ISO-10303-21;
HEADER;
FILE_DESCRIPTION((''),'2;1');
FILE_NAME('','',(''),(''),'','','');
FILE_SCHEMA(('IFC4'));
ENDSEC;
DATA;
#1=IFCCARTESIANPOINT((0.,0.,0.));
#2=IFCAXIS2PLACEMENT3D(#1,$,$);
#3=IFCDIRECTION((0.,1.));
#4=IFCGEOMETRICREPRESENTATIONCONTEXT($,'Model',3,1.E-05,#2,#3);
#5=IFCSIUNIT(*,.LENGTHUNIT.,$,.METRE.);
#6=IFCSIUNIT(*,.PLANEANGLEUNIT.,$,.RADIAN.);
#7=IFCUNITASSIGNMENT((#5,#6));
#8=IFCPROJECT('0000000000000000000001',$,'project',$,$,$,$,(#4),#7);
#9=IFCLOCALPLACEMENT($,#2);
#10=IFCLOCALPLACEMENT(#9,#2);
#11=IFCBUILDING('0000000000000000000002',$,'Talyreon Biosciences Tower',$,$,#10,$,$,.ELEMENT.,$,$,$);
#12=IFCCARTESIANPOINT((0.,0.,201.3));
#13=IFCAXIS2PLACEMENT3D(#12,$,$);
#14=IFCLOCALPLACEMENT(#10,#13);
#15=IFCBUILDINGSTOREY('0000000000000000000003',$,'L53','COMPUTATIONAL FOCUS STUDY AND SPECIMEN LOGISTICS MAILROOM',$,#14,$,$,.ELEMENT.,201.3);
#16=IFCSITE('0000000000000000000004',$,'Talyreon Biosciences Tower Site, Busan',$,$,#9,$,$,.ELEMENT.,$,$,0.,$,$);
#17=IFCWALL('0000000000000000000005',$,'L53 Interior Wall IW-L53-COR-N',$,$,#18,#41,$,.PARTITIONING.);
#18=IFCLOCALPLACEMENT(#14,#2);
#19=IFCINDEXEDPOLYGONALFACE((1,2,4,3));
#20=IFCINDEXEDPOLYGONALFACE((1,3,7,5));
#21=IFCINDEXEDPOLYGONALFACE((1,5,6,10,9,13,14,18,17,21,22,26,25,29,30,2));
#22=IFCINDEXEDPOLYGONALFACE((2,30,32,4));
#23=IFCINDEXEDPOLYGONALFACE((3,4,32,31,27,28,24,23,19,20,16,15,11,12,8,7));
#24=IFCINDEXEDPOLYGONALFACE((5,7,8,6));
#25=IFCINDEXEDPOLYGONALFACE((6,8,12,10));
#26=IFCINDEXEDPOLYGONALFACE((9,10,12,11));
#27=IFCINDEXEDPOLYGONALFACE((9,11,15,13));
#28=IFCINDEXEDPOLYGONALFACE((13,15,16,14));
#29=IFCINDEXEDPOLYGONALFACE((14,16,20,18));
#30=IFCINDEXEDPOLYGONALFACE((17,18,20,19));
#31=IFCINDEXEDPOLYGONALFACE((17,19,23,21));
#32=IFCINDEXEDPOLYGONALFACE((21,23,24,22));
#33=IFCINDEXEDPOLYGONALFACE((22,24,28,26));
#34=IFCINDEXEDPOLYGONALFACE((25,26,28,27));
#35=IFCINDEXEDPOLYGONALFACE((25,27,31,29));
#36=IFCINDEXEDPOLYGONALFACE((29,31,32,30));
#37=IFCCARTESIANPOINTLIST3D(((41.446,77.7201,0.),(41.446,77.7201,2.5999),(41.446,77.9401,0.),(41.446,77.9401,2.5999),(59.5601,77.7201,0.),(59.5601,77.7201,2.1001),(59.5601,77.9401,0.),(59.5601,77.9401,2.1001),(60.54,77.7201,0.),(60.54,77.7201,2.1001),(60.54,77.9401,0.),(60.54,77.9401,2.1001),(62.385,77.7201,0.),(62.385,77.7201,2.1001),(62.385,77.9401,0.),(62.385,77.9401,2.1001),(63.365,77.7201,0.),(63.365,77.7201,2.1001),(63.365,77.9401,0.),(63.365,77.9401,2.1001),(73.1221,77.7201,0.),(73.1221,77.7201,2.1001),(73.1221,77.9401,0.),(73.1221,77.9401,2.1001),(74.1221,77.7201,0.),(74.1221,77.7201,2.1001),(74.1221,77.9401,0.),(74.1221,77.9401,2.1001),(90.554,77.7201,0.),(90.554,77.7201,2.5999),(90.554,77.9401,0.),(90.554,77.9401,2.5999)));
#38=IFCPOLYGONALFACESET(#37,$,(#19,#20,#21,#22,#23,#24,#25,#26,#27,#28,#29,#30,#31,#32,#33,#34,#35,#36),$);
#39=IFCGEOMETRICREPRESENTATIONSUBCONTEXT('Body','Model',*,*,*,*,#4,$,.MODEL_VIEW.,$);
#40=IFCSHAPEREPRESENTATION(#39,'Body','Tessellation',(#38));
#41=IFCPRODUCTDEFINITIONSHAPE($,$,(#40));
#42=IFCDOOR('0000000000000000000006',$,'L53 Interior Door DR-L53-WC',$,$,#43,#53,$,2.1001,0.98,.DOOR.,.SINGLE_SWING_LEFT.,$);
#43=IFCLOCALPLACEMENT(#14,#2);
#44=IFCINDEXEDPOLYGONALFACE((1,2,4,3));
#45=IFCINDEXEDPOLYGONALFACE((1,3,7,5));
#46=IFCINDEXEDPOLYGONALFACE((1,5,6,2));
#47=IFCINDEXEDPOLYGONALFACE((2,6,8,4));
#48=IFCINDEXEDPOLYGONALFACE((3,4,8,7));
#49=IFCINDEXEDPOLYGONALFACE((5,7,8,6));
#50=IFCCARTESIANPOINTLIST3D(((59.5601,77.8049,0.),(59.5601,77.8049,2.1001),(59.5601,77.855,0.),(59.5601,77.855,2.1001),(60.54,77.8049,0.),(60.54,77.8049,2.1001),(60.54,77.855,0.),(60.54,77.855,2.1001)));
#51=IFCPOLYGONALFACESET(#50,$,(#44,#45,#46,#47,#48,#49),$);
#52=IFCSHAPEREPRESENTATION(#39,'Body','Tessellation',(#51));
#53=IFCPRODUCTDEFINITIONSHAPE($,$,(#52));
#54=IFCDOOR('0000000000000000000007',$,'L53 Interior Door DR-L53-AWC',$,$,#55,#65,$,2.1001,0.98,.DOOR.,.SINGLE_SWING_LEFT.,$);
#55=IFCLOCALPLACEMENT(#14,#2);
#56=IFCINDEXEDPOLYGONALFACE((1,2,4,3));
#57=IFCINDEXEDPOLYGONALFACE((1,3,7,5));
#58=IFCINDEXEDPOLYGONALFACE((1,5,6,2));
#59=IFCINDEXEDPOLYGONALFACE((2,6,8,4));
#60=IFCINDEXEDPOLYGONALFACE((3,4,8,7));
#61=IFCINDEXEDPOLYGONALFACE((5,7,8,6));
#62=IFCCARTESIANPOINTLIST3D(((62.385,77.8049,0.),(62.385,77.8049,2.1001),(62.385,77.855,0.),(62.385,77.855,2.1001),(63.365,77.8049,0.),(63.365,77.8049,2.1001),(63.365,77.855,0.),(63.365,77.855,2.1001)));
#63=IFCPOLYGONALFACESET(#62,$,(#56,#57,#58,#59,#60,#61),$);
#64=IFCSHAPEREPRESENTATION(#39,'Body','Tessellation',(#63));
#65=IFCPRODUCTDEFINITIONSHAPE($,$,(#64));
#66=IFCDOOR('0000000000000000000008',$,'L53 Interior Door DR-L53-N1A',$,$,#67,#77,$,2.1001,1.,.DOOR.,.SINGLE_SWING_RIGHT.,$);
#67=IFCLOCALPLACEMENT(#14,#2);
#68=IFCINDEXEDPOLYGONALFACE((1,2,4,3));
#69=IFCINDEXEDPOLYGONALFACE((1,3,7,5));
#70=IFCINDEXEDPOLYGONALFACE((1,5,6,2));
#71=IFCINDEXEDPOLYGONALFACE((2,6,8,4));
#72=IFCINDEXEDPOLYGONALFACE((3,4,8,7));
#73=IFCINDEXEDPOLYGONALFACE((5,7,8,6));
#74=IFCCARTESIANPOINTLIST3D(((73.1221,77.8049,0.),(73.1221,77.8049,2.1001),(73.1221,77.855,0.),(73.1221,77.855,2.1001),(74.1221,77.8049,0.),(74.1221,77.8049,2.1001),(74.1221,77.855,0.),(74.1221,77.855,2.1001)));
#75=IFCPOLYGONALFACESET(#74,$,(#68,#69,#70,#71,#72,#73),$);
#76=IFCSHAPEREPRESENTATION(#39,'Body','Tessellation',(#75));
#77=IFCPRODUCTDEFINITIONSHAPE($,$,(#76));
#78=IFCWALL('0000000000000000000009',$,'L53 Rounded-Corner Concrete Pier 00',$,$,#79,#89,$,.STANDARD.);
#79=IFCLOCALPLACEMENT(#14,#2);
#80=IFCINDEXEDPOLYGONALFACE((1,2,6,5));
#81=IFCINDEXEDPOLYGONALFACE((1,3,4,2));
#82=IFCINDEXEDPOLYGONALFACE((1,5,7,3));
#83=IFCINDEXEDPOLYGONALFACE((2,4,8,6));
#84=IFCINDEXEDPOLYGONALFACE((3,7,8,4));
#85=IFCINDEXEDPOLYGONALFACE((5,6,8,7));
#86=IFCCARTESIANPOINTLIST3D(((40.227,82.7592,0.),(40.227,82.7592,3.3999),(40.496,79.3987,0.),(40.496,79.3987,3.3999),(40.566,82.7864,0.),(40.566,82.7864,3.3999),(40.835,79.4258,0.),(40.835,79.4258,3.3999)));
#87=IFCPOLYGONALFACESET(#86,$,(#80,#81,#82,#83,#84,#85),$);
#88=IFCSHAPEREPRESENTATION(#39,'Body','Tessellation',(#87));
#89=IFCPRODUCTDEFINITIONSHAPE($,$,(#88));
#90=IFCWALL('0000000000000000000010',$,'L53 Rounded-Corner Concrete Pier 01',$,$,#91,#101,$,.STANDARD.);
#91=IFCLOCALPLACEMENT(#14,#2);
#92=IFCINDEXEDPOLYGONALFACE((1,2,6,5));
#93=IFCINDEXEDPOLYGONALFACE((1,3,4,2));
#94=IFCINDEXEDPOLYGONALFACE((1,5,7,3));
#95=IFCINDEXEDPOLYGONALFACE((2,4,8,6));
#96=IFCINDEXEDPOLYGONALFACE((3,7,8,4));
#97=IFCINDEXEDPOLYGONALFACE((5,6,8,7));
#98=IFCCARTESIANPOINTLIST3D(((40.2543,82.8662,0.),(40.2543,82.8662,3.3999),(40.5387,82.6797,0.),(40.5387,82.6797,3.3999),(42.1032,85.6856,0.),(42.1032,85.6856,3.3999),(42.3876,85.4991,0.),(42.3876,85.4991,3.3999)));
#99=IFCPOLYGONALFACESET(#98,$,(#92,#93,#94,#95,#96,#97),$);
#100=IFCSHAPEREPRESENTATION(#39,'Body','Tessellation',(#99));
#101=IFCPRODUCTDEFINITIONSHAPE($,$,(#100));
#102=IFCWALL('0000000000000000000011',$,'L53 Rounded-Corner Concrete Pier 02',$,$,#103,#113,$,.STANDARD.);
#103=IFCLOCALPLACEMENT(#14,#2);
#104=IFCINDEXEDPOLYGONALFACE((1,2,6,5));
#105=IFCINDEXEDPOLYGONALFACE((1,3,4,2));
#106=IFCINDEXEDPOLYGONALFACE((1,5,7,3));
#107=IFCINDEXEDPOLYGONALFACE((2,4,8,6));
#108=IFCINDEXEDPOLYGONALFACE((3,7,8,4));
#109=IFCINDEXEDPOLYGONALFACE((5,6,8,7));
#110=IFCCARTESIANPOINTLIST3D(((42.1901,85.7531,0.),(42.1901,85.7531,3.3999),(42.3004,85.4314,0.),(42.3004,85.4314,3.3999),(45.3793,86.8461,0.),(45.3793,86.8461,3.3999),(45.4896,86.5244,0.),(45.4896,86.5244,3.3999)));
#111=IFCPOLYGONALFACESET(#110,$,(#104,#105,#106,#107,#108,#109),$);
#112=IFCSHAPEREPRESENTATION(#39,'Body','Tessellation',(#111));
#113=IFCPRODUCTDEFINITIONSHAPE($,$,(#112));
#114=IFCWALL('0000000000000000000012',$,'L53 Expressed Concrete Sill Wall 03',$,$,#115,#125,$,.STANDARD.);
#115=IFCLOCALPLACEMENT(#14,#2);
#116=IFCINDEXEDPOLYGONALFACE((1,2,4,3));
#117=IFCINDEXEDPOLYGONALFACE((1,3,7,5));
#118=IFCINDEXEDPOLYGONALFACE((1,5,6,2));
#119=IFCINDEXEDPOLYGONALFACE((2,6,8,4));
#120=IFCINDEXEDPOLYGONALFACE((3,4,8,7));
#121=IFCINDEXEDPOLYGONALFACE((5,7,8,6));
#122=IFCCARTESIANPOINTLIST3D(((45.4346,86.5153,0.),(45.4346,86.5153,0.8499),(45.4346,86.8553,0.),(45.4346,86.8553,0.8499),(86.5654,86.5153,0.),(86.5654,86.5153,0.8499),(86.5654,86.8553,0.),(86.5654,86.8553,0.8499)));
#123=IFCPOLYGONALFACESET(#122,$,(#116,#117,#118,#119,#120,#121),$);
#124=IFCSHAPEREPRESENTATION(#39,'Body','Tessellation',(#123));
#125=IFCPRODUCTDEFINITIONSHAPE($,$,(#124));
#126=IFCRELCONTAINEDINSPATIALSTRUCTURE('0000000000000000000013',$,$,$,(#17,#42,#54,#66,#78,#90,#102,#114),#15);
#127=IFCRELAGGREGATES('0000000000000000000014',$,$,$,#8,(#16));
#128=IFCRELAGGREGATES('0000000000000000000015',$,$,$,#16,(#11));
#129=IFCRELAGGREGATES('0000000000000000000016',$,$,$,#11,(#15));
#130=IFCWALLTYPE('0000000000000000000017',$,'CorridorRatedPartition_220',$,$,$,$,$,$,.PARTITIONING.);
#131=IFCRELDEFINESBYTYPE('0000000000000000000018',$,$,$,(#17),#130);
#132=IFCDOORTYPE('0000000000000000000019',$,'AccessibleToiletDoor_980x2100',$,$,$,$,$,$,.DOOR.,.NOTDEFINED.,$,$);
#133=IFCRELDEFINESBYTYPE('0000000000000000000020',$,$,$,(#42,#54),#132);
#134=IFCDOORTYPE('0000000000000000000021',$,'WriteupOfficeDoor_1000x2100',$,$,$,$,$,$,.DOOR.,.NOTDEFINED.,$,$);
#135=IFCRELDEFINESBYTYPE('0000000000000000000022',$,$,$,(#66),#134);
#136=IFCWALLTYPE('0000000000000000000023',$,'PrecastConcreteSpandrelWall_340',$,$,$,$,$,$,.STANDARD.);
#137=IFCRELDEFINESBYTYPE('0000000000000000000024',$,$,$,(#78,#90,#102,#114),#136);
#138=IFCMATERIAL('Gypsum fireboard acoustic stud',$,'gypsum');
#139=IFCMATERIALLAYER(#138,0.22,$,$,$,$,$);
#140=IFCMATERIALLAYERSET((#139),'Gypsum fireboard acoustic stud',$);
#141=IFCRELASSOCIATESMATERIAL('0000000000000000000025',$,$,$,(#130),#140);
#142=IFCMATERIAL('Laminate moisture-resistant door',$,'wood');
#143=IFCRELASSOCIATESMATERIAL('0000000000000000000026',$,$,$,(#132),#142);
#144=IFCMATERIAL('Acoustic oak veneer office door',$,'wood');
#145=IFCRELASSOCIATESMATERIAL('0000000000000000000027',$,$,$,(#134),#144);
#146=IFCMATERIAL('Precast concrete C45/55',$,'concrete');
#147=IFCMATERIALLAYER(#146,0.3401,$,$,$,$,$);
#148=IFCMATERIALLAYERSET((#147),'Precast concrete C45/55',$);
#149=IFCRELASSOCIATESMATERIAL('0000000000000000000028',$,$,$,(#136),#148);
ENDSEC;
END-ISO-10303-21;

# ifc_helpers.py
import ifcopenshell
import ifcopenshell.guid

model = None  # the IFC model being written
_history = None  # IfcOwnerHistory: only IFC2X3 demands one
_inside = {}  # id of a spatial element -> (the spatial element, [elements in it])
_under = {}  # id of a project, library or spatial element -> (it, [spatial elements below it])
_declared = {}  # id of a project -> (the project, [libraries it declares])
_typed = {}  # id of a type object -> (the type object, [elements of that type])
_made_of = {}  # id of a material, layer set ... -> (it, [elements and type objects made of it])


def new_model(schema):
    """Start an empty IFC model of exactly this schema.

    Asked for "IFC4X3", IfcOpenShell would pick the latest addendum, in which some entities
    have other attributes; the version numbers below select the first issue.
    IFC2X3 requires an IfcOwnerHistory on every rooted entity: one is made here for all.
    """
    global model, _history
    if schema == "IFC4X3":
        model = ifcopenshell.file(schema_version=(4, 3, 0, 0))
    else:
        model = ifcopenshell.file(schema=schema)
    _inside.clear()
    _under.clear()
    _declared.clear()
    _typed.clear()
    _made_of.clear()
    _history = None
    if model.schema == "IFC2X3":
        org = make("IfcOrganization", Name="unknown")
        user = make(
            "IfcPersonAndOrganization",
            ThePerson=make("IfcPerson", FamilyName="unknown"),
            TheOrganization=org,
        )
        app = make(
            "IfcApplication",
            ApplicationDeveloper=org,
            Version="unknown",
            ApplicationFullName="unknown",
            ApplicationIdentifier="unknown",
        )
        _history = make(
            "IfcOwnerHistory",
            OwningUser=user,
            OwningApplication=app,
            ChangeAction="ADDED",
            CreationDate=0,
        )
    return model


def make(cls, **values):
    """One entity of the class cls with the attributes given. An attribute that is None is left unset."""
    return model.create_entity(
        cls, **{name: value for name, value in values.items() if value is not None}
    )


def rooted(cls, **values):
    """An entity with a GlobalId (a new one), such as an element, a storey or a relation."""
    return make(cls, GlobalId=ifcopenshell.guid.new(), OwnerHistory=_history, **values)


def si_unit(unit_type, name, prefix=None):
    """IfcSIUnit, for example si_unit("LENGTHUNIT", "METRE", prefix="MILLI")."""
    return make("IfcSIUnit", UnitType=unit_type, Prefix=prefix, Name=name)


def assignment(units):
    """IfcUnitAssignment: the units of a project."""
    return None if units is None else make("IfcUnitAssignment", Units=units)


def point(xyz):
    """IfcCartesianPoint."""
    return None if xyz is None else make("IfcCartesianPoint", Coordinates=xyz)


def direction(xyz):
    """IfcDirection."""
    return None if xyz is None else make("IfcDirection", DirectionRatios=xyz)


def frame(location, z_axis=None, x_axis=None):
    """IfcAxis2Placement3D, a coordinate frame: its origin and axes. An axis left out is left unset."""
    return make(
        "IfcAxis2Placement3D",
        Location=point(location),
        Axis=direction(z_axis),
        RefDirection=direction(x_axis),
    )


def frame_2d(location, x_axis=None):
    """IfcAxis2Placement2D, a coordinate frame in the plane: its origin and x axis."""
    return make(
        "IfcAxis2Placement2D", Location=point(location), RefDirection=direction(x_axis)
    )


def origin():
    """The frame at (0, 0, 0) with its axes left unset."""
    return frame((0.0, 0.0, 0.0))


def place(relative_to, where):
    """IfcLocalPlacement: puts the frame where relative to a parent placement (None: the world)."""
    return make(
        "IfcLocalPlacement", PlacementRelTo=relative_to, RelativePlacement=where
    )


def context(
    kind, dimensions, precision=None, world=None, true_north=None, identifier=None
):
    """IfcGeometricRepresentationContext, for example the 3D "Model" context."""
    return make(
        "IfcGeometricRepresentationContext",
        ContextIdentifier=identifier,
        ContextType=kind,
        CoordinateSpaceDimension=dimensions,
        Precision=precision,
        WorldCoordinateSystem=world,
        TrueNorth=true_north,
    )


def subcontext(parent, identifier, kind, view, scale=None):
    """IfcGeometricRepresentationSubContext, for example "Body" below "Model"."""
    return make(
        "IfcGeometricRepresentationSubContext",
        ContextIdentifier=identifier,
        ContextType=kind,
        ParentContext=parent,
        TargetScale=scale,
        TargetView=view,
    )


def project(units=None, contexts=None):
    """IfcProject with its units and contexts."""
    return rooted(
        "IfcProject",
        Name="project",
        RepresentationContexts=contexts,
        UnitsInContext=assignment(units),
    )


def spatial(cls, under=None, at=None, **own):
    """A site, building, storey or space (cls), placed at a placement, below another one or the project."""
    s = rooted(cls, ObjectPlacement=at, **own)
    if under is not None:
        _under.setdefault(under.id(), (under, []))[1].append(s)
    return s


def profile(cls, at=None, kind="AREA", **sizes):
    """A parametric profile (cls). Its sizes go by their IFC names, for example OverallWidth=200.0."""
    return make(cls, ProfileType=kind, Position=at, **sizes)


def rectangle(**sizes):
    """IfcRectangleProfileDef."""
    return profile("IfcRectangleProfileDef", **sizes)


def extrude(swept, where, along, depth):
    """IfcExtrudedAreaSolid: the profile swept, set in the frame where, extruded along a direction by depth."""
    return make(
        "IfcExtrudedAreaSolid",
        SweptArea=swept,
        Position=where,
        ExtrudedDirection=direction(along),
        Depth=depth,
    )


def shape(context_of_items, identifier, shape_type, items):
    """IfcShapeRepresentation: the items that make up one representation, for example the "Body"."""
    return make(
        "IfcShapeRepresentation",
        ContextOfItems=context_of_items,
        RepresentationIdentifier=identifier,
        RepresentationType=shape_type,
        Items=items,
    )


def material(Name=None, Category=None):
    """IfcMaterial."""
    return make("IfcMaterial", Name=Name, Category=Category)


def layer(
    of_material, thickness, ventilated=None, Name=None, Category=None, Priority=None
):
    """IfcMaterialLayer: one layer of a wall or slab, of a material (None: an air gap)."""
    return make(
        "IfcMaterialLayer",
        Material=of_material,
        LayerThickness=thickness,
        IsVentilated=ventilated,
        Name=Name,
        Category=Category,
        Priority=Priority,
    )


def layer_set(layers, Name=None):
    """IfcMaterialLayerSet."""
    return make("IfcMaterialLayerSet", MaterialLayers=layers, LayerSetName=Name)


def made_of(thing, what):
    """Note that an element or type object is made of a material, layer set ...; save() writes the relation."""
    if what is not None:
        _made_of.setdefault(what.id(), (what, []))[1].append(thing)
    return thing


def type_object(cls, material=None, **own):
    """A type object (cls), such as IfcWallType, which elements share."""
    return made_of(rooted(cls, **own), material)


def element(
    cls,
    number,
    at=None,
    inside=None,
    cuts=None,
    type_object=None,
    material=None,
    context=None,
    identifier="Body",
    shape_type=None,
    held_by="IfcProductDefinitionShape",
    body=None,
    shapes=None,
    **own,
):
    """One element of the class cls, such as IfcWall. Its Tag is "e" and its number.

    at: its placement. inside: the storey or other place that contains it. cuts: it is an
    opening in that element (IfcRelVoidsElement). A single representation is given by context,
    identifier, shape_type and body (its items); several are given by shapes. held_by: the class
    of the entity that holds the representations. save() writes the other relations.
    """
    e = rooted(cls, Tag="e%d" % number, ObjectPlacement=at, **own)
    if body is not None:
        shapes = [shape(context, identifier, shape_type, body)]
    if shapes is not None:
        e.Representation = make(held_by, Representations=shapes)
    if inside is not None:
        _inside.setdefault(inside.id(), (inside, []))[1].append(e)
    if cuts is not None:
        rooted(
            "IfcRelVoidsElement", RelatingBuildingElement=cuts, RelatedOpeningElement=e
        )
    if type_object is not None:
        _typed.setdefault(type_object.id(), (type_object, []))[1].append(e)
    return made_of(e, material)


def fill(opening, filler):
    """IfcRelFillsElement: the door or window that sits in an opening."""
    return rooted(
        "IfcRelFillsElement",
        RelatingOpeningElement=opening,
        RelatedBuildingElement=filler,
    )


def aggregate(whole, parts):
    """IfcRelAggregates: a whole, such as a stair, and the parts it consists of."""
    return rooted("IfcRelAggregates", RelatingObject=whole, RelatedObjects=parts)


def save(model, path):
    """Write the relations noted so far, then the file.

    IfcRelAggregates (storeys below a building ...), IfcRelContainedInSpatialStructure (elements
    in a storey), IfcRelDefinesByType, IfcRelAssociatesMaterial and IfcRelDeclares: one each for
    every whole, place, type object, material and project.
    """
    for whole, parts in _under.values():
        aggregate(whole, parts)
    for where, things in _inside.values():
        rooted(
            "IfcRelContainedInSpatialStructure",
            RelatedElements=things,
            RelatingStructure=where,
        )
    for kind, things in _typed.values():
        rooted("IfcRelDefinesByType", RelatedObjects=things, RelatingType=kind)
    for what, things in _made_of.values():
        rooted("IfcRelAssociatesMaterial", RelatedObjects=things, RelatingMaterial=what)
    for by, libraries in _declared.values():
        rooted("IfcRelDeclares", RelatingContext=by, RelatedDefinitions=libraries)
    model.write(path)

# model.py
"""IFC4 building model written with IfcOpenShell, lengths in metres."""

from ifc_helpers import new_model, si_unit, direction, frame, frame_2d, origin, place, context, subcontext, project, spatial, rectangle, extrude, material, layer, layer_set, type_object, element, fill, save


model = new_model("IFC4")

# Units and contexts
model_context = context("Model", 3, precision=1e-05, world=origin(), true_north=direction((0.0, 1.0)))
body_context = subcontext(model_context, "Body", "Model", "MODEL_VIEW")
ifc_project = project(units=[si_unit("LENGTHUNIT", "METRE"), si_unit("PLANEANGLEUNIT", "RADIAN")], contexts=[model_context])

# Site, building, storey
site_placement = place(None, origin())
site = spatial("IfcSite", under=ifc_project, at=site_placement, Name="Talyreon Biosciences Tower Site, Busan", CompositionType="ELEMENT", RefElevation=0.0)
building_placement = place(site_placement, origin())
building = spatial("IfcBuilding", under=site, at=building_placement, Name="Talyreon Biosciences Tower", CompositionType="ELEMENT")
storey_placement = place(building_placement, frame((0.0, 0.0, 201.3)))
storey = spatial("IfcBuildingStorey", under=building, at=storey_placement, Name="L53", Description="COMPUTATIONAL FOCUS STUDY AND SPECIMEN LOGISTICS MAILROOM", CompositionType="ELEMENT", Elevation=201.3)

# Shared definitions
ifc_material_1 = material(Name="Precast concrete C45/55", Category="concrete")

# Wall, openings, doors
ifc_material_2 = material(Name="Gypsum fireboard acoustic stud", Category="gypsum")
ifc_layer_1 = layer(ifc_material_2, 0.22)
ifc_layer_set_1 = layer_set([ifc_layer_1], Name="Gypsum fireboard acoustic stud")
wall_type_1 = type_object("IfcWallType", Name="CorridorRatedPartition_220", PredefinedType="PARTITIONING", material=ifc_layer_set_1)
wall_1_placement = place(storey_placement, frame((41.446, 77.8301, 0.0), z_axis=(0.0, 0.0, 1.0), x_axis=(1.0, 0.0, 0.0)))
wall_1 = element("IfcWall", 1, at=wall_1_placement, inside=storey, type_object=wall_type_1, Name="L53 Interior Wall IW-L53-COR-N", PredefinedType="PARTITIONING", context=body_context, shape_type="SweptSolid", body=[
    extrude(rectangle(XDim=49.1079, YDim=0.22, at=frame_2d((24.554, 0.0))), origin(), (0.0, 0.0, 1.0), 2.5999),
])
opening_1_placement = place(wall_1_placement, frame((18.114, 0.0, 0.0)))
opening_1 = element("IfcOpeningElement", 2, at=opening_1_placement, cuts=wall_1, PredefinedType="OPENING", context=body_context, shape_type="SweptSolid", body=[
    extrude(rectangle(XDim=0.98, YDim=2.1001, at=frame_2d((0.49, 1.05))), frame((0.0, 0.1199, 0.0), z_axis=(0.0, -1.0, 0.0), x_axis=(1.0, 0.0, 0.0)), (0.0, 0.0, 1.0), 0.24),
])
opening_2_placement = place(wall_1_placement, frame((20.939, 0.0, 0.0)))
opening_2 = element("IfcOpeningElement", 3, at=opening_2_placement, cuts=wall_1, PredefinedType="OPENING", context=body_context, shape_type="SweptSolid", body=[
    extrude(rectangle(XDim=0.98, YDim=2.1001, at=frame_2d((0.49, 1.05))), frame((0.0, 0.1199, 0.0), z_axis=(0.0, -1.0, 0.0), x_axis=(1.0, 0.0, 0.0)), (0.0, 0.0, 1.0), 0.24),
])
opening_3_placement = place(wall_1_placement, frame((31.676, 0.0, 0.0)))
opening_3 = element("IfcOpeningElement", 4, at=opening_3_placement, cuts=wall_1, PredefinedType="OPENING", context=body_context, shape_type="SweptSolid", body=[
    extrude(rectangle(XDim=1.0, YDim=2.1001, at=frame_2d((0.5, 1.05))), frame((0.0, 0.1199, 0.0), z_axis=(0.0, -1.0, 0.0), x_axis=(1.0, 0.0, 0.0)), (0.0, 0.0, 1.0), 0.24),
])
ifc_material_3 = material(Name="Laminate moisture-resistant door", Category="wood")
door_type_1 = type_object("IfcDoorType", Name="AccessibleToiletDoor_980x2100", OperationType="NOTDEFINED", PredefinedType="DOOR", material=ifc_material_3)
door_1_placement = place(opening_1_placement, origin())
door_1 = element("IfcDoor", 5, at=door_1_placement, inside=storey, type_object=door_type_1, Name="L53 Interior Door DR-L53-WC", OperationType="SINGLE_SWING_LEFT", OverallHeight=2.1001, OverallWidth=0.98, PredefinedType="DOOR", context=body_context, shape_type="SweptSolid", body=[
    extrude(rectangle(XDim=0.98, YDim=2.1001, at=frame_2d((0.49, 1.05))), frame((0.0, 0.0249, 0.0), z_axis=(0.0, -1.0, 0.0), x_axis=(1.0, 0.0, 0.0)), (0.0, 0.0, 1.0), 0.05),
])
fill(opening_1, door_1)
door_2_placement = place(opening_2_placement, origin())
door_2 = element("IfcDoor", 6, at=door_2_placement, inside=storey, type_object=door_type_1, Name="L53 Interior Door DR-L53-AWC", OperationType="SINGLE_SWING_LEFT", OverallHeight=2.1001, OverallWidth=0.98, PredefinedType="DOOR", context=body_context, shape_type="SweptSolid", body=[
    extrude(rectangle(XDim=0.98, YDim=2.1001, at=frame_2d((0.49, 1.05))), frame((0.0, 0.0249, 0.0), z_axis=(0.0, -1.0, 0.0), x_axis=(1.0, 0.0, 0.0)), (0.0, 0.0, 1.0), 0.05),
])
fill(opening_2, door_2)
ifc_material_4 = material(Name="Acoustic oak veneer office door", Category="wood")
door_type_2 = type_object("IfcDoorType", Name="WriteupOfficeDoor_1000x2100", OperationType="NOTDEFINED", PredefinedType="DOOR", material=ifc_material_4)
door_3_placement = place(opening_3_placement, origin())
door_3 = element("IfcDoor", 7, at=door_3_placement, inside=storey, type_object=door_type_2, Name="L53 Interior Door DR-L53-N1A", OperationType="SINGLE_SWING_RIGHT", OverallHeight=2.1001, OverallWidth=1.0, PredefinedType="DOOR", context=body_context, shape_type="SweptSolid", body=[
    extrude(rectangle(XDim=1.0, YDim=2.1001, at=frame_2d((0.5, 1.05))), frame((0.0, 0.0249, 0.0), z_axis=(0.0, -1.0, 0.0), x_axis=(1.0, 0.0, 0.0)), (0.0, 0.0, 1.0), 0.05),
])
fill(opening_3, door_3)

# Walls
ifc_layer_2 = layer(ifc_material_1, 0.3401)
ifc_layer_set_2 = layer_set([ifc_layer_2], Name="Precast concrete C45/55")
wall_type_2 = type_object("IfcWallType", Name="PrecastConcreteSpandrelWall_340", PredefinedType="STANDARD", material=ifc_layer_set_2)
wall_2_placement = place(storey_placement, frame((40.6655, 79.4124, 0.0), z_axis=(0.0, 0.0, 1.0), x_axis=(-0.079803, 0.996811, 0.0)))
element("IfcWall", 8, at=wall_2_placement, inside=storey, type_object=wall_type_2, Name="L53 Rounded-Corner Concrete Pier 00", PredefinedType="STANDARD", context=body_context, shape_type="SweptSolid", body=[
    extrude(rectangle(XDim=3.3713, YDim=0.3401, at=frame_2d((1.6855, 0.0))), origin(), (0.0, 0.0, 1.0), 3.3999),
])
wall_3_placement = place(storey_placement, frame((40.3965, 82.7729, 0.0), z_axis=(0.0, 0.0, 1.0), x_axis=(0.548384, 0.836226, 0.0)))
element("IfcWall", 9, at=wall_3_placement, inside=storey, type_object=wall_type_2, Name="L53 Rounded-Corner Concrete Pier 01", PredefinedType="STANDARD", context=body_context, shape_type="SweptSolid", body=[
    extrude(rectangle(XDim=3.3716, YDim=0.3401, at=frame_2d((1.6858, 0.0))), origin(), (0.0, 0.0, 1.0), 3.3999),
])
wall_4_placement = place(storey_placement, frame((42.2454, 85.5923, 0.0), z_axis=(0.0, 0.0, 1.0), x_axis=(0.945985, 0.324211, 0.0)))
element("IfcWall", 10, at=wall_4_placement, inside=storey, type_object=wall_type_2, Name="L53 Rounded-Corner Concrete Pier 02", PredefinedType="STANDARD", context=body_context, shape_type="SweptSolid", body=[
    extrude(rectangle(XDim=3.3713, YDim=0.3401, at=frame_2d((1.6855, 0.0))), origin(), (0.0, 0.0, 1.0), 3.3999),
])
wall_5_placement = place(storey_placement, frame((45.4346, 86.6853, 0.0), z_axis=(0.0, 0.0, 1.0), x_axis=(1.0, 0.0, 0.0)))
element("IfcWall", 11, at=wall_5_placement, inside=storey, type_object=wall_type_2, Name="L53 Expressed Concrete Sill Wall 03", PredefinedType="STANDARD", context=body_context, shape_type="SweptSolid", body=[
    extrude(rectangle(XDim=41.1309, YDim=0.3401, at=frame_2d((20.5654, 0.0))), origin(), (0.0, 0.0, 1.0), 0.8499),
])

save(model, "model.ifc")
